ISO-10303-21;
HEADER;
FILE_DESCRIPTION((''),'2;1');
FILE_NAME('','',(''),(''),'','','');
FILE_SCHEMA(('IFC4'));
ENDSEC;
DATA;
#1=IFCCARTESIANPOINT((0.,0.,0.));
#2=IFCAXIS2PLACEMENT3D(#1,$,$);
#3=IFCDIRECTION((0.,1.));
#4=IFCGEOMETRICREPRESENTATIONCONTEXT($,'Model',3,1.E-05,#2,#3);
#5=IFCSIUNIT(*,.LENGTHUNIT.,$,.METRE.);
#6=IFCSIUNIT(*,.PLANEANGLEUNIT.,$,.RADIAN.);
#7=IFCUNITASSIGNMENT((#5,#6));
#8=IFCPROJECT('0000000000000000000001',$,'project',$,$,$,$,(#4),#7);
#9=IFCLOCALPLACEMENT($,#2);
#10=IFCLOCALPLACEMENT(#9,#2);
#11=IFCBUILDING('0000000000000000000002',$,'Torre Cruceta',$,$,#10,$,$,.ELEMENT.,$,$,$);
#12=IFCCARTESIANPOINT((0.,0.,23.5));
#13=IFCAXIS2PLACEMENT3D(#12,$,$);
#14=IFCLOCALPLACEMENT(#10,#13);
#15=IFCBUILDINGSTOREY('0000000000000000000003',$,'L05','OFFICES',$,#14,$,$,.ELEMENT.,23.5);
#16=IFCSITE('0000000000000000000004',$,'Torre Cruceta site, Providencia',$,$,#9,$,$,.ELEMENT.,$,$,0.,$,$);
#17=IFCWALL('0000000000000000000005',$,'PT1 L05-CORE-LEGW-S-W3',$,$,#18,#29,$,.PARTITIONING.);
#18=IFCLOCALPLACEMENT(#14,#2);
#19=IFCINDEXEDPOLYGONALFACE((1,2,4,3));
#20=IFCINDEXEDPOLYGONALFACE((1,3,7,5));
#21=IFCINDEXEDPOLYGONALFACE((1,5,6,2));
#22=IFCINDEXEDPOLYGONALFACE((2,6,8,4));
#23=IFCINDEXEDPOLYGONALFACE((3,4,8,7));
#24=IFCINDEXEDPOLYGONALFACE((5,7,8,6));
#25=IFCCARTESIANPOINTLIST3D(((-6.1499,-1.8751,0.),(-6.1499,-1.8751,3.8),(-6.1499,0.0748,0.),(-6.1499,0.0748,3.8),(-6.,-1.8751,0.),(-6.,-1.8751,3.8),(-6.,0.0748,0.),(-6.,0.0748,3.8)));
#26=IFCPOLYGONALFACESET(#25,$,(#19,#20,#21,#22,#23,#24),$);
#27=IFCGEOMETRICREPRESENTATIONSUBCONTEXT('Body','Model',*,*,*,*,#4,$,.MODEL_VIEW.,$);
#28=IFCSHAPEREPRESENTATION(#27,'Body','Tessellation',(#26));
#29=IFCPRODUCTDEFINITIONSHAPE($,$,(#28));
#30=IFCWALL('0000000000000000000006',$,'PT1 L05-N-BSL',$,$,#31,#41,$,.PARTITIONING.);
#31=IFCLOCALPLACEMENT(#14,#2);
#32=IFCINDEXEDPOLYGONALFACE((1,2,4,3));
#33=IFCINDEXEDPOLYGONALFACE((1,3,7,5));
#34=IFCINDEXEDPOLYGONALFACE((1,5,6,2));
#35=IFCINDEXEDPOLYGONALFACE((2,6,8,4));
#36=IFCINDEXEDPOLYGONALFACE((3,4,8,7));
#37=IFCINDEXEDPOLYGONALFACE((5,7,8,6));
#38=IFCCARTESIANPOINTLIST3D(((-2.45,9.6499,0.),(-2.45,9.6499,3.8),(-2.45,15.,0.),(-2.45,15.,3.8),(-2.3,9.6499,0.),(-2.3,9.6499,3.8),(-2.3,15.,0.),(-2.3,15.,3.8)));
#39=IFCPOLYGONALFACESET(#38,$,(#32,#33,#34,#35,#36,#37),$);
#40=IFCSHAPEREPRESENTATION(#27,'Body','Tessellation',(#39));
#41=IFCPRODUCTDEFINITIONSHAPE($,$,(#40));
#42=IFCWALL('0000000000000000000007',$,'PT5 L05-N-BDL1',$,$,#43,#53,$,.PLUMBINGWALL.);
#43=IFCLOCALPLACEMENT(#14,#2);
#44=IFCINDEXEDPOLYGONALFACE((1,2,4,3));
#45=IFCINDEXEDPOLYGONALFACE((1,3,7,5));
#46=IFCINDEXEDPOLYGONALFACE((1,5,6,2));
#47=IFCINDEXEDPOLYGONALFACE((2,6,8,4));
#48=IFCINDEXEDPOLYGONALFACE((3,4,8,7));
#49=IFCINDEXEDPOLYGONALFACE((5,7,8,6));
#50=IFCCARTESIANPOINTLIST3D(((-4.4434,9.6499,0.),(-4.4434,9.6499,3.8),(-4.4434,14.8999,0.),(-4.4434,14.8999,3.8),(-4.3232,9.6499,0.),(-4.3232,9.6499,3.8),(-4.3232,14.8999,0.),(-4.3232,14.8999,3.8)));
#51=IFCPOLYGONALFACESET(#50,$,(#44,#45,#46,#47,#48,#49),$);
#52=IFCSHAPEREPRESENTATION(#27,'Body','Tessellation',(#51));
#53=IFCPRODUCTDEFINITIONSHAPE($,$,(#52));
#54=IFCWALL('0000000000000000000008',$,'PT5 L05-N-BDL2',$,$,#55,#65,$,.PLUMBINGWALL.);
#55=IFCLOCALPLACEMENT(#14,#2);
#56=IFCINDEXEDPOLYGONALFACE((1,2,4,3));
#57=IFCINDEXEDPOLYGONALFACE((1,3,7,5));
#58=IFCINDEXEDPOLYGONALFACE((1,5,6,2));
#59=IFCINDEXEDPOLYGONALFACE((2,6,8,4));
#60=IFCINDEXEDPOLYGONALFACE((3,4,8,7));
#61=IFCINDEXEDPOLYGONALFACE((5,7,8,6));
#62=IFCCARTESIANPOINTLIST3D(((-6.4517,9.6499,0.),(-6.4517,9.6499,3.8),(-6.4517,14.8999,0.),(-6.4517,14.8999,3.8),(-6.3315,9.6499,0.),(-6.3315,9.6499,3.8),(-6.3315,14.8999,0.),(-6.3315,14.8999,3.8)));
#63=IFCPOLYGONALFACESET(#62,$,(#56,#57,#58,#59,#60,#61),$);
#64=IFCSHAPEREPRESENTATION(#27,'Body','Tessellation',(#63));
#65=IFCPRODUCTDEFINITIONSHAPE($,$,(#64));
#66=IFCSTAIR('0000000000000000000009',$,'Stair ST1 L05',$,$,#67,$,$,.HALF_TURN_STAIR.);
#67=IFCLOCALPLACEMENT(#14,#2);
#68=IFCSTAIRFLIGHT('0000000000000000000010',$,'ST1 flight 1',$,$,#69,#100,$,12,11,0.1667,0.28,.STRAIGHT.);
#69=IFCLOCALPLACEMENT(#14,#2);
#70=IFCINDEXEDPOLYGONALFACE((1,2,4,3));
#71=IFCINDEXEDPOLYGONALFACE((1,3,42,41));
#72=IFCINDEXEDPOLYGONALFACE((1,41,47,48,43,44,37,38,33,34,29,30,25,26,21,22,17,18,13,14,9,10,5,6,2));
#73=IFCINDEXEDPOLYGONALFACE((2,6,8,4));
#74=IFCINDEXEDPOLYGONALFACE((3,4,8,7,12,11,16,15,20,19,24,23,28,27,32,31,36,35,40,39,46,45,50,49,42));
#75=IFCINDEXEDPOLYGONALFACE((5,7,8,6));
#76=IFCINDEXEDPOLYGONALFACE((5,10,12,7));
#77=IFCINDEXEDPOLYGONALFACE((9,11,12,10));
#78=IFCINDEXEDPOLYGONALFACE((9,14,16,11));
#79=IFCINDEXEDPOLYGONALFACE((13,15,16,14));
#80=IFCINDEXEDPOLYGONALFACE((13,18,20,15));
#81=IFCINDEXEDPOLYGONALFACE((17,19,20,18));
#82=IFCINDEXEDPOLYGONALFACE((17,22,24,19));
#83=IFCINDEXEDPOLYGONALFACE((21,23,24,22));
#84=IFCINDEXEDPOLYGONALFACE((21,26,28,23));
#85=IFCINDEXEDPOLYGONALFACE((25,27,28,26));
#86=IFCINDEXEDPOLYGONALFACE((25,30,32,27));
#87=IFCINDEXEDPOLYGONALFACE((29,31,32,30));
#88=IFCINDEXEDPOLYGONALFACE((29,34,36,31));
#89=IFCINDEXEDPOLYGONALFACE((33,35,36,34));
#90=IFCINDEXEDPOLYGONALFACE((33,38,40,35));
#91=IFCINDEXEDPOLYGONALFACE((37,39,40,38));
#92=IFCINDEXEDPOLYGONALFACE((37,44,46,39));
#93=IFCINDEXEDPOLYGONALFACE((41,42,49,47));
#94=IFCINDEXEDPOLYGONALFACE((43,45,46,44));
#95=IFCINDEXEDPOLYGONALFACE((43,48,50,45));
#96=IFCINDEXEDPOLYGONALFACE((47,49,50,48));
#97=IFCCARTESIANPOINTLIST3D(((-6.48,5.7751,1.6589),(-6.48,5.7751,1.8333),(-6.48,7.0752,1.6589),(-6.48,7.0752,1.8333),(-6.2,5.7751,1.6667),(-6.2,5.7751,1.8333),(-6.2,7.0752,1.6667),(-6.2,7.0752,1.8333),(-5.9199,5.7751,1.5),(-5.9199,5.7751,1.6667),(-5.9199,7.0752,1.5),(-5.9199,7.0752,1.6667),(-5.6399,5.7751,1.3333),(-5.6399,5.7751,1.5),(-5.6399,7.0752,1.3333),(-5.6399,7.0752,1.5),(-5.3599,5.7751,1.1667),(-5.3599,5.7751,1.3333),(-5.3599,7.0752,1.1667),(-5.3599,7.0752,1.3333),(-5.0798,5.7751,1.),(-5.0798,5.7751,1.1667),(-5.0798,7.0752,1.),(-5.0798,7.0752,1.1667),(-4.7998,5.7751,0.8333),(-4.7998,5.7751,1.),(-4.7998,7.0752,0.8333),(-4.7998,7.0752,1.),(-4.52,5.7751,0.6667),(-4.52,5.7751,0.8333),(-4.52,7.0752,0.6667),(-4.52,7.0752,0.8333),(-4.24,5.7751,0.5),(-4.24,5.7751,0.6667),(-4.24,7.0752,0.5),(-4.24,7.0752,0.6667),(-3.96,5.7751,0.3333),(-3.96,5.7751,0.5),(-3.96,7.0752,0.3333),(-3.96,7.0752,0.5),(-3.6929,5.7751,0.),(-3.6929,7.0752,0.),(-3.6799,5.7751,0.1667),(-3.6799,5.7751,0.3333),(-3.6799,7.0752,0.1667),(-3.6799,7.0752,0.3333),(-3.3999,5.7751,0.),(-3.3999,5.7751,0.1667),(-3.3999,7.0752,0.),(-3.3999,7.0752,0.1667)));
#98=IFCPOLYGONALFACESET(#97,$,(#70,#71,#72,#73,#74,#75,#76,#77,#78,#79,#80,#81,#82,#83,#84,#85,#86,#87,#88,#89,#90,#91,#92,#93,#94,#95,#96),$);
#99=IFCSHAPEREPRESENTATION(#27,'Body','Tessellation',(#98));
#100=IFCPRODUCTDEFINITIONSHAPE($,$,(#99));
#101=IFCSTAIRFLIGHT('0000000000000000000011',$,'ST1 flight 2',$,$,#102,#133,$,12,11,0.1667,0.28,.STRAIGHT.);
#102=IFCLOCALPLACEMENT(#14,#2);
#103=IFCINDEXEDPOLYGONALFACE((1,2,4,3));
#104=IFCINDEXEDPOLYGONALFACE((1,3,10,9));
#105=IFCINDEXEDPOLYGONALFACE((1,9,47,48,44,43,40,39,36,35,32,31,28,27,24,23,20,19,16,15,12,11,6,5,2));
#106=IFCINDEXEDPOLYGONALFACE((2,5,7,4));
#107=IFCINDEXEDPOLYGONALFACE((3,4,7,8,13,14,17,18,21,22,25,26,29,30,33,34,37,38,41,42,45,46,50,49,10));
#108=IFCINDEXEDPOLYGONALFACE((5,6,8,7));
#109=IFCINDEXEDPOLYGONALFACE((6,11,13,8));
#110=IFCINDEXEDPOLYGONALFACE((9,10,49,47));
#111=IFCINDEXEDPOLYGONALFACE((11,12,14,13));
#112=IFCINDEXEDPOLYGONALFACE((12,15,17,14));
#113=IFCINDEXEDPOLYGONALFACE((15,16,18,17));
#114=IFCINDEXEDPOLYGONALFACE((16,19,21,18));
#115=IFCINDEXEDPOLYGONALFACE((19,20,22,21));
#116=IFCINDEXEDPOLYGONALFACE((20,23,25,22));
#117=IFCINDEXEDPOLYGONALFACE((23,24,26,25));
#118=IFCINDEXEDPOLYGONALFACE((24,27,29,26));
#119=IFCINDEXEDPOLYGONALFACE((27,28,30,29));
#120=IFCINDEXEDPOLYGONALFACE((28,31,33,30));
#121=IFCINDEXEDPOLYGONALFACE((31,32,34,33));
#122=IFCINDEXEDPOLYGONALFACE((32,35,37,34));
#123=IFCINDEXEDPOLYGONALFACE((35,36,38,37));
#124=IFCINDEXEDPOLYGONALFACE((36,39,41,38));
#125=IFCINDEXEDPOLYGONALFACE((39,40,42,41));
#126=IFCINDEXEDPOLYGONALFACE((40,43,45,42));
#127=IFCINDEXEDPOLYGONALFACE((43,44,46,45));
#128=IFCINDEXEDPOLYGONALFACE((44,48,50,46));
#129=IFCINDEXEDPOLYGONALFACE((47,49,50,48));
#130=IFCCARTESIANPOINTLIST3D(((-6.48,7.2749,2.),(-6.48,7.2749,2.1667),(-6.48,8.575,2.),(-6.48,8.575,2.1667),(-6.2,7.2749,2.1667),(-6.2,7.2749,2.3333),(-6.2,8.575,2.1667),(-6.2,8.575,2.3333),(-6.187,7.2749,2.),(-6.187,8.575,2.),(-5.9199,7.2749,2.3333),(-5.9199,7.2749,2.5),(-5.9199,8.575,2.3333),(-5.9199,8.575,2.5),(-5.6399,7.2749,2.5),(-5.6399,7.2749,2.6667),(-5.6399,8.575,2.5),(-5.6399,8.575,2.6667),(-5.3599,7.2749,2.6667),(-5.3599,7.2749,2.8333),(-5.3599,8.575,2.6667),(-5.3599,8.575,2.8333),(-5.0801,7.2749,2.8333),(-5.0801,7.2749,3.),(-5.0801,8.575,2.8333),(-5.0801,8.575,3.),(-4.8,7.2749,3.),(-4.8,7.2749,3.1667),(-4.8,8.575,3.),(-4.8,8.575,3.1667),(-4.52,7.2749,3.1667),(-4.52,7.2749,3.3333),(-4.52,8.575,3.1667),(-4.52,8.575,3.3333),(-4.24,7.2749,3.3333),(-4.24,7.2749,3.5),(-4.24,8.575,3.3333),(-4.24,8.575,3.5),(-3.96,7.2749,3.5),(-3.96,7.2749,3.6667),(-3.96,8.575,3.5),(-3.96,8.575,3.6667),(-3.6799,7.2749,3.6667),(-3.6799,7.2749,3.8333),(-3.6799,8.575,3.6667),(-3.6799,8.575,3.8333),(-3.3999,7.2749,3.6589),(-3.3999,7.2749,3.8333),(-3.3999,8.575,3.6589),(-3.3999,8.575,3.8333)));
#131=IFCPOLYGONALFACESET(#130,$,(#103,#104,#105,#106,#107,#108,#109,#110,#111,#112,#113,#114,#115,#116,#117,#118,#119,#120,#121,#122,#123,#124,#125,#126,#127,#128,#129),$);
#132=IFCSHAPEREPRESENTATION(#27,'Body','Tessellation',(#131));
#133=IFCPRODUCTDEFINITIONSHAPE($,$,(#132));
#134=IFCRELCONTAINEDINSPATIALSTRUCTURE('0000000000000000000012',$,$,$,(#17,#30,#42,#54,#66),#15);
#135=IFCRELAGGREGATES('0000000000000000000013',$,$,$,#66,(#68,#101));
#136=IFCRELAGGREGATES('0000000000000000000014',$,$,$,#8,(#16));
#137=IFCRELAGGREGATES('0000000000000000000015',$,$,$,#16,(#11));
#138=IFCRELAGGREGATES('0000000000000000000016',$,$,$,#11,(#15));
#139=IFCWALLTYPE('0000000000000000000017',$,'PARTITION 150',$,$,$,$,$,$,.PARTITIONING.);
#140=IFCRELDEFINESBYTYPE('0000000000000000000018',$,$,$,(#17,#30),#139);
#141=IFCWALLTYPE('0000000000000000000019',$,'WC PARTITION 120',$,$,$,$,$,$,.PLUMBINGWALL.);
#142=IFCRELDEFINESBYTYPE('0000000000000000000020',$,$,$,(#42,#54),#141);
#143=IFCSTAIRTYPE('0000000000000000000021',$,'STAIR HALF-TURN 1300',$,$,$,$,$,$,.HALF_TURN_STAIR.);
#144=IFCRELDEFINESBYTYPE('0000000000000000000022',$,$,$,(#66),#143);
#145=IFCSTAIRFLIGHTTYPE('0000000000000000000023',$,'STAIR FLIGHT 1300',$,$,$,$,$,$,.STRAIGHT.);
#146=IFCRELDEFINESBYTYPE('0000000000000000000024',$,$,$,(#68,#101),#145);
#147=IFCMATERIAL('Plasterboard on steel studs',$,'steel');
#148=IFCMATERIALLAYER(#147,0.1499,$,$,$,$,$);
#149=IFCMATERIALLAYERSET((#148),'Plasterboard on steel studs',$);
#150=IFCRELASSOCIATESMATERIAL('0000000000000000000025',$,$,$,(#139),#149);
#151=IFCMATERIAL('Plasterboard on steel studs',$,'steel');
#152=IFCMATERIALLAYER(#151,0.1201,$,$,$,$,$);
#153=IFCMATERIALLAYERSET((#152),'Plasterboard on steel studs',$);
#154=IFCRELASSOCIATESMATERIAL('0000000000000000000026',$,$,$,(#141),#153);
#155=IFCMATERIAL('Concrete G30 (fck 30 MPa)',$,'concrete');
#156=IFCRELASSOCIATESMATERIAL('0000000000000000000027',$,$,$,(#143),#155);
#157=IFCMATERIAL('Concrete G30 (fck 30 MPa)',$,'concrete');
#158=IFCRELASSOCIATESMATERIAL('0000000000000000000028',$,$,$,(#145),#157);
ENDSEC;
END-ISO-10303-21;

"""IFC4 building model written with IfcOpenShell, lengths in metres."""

from ifc_helpers import new_model, si_unit, direction, frame, frame_2d, origin, place, context, subcontext, project, spatial, polyline, rectangle, outline, extrude, material, layer, layer_set, type_object, element, aggregate, save


model = new_model("IFC4")

# Units and contexts
model_context = context("Model", 3, precision=1e-05, world=origin(), true_north=direction((0.0, 1.0)))
body_context = subcontext(model_context, "Body", "Model", "MODEL_VIEW")
ifc_project = project(units=[si_unit("LENGTHUNIT", "METRE"), si_unit("PLANEANGLEUNIT", "RADIAN")], contexts=[model_context])

# Site, building, storey
site_placement = place(None, origin())
site = spatial("IfcSite", under=ifc_project, at=site_placement, Name="Torre Cruceta site, Providencia", CompositionType="ELEMENT", RefElevation=0.0)
building_placement = place(site_placement, origin())
building = spatial("IfcBuilding", under=site, at=building_placement, Name="Torre Cruceta", CompositionType="ELEMENT")
storey_placement = place(building_placement, frame((0.0, 0.0, 23.5)))
storey = spatial("IfcBuildingStorey", under=building, at=storey_placement, Name="L05", Description="OFFICES", CompositionType="ELEMENT", Elevation=23.5)

# Walls
ifc_material_1 = material(Name="Plasterboard on steel studs", Category="steel")
ifc_layer_1 = layer(ifc_material_1, 0.1499)
ifc_layer_set_1 = layer_set([ifc_layer_1], Name="Plasterboard on steel studs")
wall_type_1 = type_object("IfcWallType", Name="PARTITION 150", PredefinedType="PARTITIONING", material=ifc_layer_set_1)
wall_1_placement = place(storey_placement, frame((-6.075, 0.075, 0.0), z_axis=(0.0, 0.0, 1.0), x_axis=(0.0, -1.0, 0.0)))
element("IfcWall", 1, at=wall_1_placement, inside=storey, type_object=wall_type_1, Name="PT1 L05-CORE-LEGW-S-W3", PredefinedType="PARTITIONING", context=body_context, shape_type="SweptSolid", body=[
    extrude(rectangle(XDim=1.95, YDim=0.1499, at=frame_2d((0.9751, 0.0))), origin(), (0.0, 0.0, 1.0), 3.8),
])
wall_2_placement = place(storey_placement, frame((-2.375, 9.6499, 0.0), z_axis=(0.0, 0.0, 1.0), x_axis=(0.0, 1.0, 0.0)))
element("IfcWall", 2, at=wall_2_placement, inside=storey, type_object=wall_type_1, Name="PT1 L05-N-BSL", PredefinedType="PARTITIONING", context=body_context, shape_type="SweptSolid", body=[
    extrude(rectangle(XDim=5.3501, YDim=0.1499, at=frame_2d((2.675, 0.0))), origin(), (0.0, 0.0, 1.0), 3.8),
])
ifc_material_2 = material(Name="Plasterboard on steel studs", Category="steel")
ifc_layer_2 = layer(ifc_material_2, 0.1201)
ifc_layer_set_2 = layer_set([ifc_layer_2], Name="Plasterboard on steel studs")
wall_type_2 = type_object("IfcWallType", Name="WC PARTITION 120", PredefinedType="PLUMBINGWALL", material=ifc_layer_set_2)
for number, where, z_axis, x_axis, name in (
    (3, (-4.3833, 9.6499, 0.0), (0.0, 0.0, 1.0), (0.0, 1.0, 0.0), "PT5 L05-N-BDL1"),
    (4, (-6.3916, 9.6499, 0.0), (0.0, 0.0, 1.0), (0.0, 1.0, 0.0), "PT5 L05-N-BDL2"),
):
    element("IfcWall", number, at=place(storey_placement, frame(where, z_axis=z_axis, x_axis=x_axis)), inside=storey, type_object=wall_type_2, Name=name, PredefinedType="PLUMBINGWALL", context=body_context, shape_type="SweptSolid", body=[
        extrude(rectangle(XDim=5.25, YDim=0.1201, at=frame_2d((2.625, 0.0))), origin(), (0.0, 0.0, 1.0), 3.8),
    ])

# Stair, stair flights
ifc_material_3 = material(Name="Concrete G30 (fck 30 MPa)", Category="concrete")
stair_type = type_object("IfcStairType", Name="STAIR HALF-TURN 1300", PredefinedType="HALF_TURN_STAIR", material=ifc_material_3)
stair_placement = place(storey_placement, origin())
stair = element("IfcStair", 5, at=stair_placement, inside=storey, type_object=stair_type, Name="Stair ST1 L05", PredefinedType="HALF_TURN_STAIR")
ifc_material_4 = material(Name="Concrete G30 (fck 30 MPa)", Category="concrete")
stair_flight_type = type_object("IfcStairFlightType", Name="STAIR FLIGHT 1300", PredefinedType="STRAIGHT", material=ifc_material_4)
stair_flight_1_placement = place(storey_placement, frame((-3.3999, 6.425, 0.0), z_axis=(0.0, 0.0, 1.0), x_axis=(-1.0, 0.0, 0.0)))
stair_flight_1 = element("IfcStairFlight", 6, at=stair_flight_1_placement, type_object=stair_flight_type, Name="ST1 flight 1", NumberOfRisers=12, NumberOfTreads=11, PredefinedType="STRAIGHT", RiserHeight=0.1667, TreadLength=0.28, context=body_context, shape_type="SweptSolid", body=[
    extrude(outline(polyline([(0.0, 0.0), (0.0, 0.1667), (0.28, 0.1667), (0.28, 0.3333), (0.5601, 0.3333), (0.5601, 0.5), (0.8401, 0.5), (0.8401, 0.6667), (1.1201, 0.6667), (1.1201, 0.8333), (1.3999, 0.8333), (1.3999, 1.0), (1.6799, 1.0), (1.6799, 1.1667), (1.96, 1.1667), (1.96, 1.3333), (2.24, 1.3333), (2.24, 1.5), (2.52, 1.5), (2.52, 1.6667), (2.8, 1.6667), (2.8, 1.8333), (3.0801, 1.8333), (3.0801, 2.0), (3.0801, 1.6589), (0.293, 0.0), (0.0, 0.0)])), frame((0.0, 0.6499, 0.0), z_axis=(0.0, -1.0, 0.0), x_axis=(1.0, 0.0, 0.0)), (0.0, 0.0, 1.0), 1.3),
])
stair_flight_2_placement = place(storey_placement, frame((-6.48, 7.925, 2.0), z_axis=(0.0, 0.0, 1.0), x_axis=(1.0, 0.0, 0.0)))
stair_flight_2 = element("IfcStairFlight", 7, at=stair_flight_2_placement, type_object=stair_flight_type, Name="ST1 flight 2", NumberOfRisers=12, NumberOfTreads=11, PredefinedType="STRAIGHT", RiserHeight=0.1667, TreadLength=0.28, context=body_context, shape_type="SweptSolid", body=[
    extrude(outline(polyline([(0.0, 0.0), (0.0, 0.1667), (0.28, 0.1667), (0.28, 0.3333), (0.5601, 0.3333), (0.5601, 0.5), (0.8401, 0.5), (0.8401, 0.6667), (1.1201, 0.6667), (1.1201, 0.8333), (1.3999, 0.8333), (1.3999, 1.0), (1.6799, 1.0), (1.6799, 1.1667), (1.96, 1.1667), (1.96, 1.3333), (2.24, 1.3333), (2.24, 1.5), (2.52, 1.5), (2.52, 1.6667), (2.8, 1.6667), (2.8, 1.8333), (3.0801, 1.8333), (3.0801, 2.0), (3.0801, 1.6589), (0.293, 0.0), (0.0, 0.0)])), frame((0.0, 0.6499, 0.0), z_axis=(0.0, -1.0, 0.0), x_axis=(1.0, 0.0, 0.0)), (0.0, 0.0, 1.0), 1.3),
])
aggregate(stair, [stair_flight_1, stair_flight_2])

save(model, "model.ifc")
